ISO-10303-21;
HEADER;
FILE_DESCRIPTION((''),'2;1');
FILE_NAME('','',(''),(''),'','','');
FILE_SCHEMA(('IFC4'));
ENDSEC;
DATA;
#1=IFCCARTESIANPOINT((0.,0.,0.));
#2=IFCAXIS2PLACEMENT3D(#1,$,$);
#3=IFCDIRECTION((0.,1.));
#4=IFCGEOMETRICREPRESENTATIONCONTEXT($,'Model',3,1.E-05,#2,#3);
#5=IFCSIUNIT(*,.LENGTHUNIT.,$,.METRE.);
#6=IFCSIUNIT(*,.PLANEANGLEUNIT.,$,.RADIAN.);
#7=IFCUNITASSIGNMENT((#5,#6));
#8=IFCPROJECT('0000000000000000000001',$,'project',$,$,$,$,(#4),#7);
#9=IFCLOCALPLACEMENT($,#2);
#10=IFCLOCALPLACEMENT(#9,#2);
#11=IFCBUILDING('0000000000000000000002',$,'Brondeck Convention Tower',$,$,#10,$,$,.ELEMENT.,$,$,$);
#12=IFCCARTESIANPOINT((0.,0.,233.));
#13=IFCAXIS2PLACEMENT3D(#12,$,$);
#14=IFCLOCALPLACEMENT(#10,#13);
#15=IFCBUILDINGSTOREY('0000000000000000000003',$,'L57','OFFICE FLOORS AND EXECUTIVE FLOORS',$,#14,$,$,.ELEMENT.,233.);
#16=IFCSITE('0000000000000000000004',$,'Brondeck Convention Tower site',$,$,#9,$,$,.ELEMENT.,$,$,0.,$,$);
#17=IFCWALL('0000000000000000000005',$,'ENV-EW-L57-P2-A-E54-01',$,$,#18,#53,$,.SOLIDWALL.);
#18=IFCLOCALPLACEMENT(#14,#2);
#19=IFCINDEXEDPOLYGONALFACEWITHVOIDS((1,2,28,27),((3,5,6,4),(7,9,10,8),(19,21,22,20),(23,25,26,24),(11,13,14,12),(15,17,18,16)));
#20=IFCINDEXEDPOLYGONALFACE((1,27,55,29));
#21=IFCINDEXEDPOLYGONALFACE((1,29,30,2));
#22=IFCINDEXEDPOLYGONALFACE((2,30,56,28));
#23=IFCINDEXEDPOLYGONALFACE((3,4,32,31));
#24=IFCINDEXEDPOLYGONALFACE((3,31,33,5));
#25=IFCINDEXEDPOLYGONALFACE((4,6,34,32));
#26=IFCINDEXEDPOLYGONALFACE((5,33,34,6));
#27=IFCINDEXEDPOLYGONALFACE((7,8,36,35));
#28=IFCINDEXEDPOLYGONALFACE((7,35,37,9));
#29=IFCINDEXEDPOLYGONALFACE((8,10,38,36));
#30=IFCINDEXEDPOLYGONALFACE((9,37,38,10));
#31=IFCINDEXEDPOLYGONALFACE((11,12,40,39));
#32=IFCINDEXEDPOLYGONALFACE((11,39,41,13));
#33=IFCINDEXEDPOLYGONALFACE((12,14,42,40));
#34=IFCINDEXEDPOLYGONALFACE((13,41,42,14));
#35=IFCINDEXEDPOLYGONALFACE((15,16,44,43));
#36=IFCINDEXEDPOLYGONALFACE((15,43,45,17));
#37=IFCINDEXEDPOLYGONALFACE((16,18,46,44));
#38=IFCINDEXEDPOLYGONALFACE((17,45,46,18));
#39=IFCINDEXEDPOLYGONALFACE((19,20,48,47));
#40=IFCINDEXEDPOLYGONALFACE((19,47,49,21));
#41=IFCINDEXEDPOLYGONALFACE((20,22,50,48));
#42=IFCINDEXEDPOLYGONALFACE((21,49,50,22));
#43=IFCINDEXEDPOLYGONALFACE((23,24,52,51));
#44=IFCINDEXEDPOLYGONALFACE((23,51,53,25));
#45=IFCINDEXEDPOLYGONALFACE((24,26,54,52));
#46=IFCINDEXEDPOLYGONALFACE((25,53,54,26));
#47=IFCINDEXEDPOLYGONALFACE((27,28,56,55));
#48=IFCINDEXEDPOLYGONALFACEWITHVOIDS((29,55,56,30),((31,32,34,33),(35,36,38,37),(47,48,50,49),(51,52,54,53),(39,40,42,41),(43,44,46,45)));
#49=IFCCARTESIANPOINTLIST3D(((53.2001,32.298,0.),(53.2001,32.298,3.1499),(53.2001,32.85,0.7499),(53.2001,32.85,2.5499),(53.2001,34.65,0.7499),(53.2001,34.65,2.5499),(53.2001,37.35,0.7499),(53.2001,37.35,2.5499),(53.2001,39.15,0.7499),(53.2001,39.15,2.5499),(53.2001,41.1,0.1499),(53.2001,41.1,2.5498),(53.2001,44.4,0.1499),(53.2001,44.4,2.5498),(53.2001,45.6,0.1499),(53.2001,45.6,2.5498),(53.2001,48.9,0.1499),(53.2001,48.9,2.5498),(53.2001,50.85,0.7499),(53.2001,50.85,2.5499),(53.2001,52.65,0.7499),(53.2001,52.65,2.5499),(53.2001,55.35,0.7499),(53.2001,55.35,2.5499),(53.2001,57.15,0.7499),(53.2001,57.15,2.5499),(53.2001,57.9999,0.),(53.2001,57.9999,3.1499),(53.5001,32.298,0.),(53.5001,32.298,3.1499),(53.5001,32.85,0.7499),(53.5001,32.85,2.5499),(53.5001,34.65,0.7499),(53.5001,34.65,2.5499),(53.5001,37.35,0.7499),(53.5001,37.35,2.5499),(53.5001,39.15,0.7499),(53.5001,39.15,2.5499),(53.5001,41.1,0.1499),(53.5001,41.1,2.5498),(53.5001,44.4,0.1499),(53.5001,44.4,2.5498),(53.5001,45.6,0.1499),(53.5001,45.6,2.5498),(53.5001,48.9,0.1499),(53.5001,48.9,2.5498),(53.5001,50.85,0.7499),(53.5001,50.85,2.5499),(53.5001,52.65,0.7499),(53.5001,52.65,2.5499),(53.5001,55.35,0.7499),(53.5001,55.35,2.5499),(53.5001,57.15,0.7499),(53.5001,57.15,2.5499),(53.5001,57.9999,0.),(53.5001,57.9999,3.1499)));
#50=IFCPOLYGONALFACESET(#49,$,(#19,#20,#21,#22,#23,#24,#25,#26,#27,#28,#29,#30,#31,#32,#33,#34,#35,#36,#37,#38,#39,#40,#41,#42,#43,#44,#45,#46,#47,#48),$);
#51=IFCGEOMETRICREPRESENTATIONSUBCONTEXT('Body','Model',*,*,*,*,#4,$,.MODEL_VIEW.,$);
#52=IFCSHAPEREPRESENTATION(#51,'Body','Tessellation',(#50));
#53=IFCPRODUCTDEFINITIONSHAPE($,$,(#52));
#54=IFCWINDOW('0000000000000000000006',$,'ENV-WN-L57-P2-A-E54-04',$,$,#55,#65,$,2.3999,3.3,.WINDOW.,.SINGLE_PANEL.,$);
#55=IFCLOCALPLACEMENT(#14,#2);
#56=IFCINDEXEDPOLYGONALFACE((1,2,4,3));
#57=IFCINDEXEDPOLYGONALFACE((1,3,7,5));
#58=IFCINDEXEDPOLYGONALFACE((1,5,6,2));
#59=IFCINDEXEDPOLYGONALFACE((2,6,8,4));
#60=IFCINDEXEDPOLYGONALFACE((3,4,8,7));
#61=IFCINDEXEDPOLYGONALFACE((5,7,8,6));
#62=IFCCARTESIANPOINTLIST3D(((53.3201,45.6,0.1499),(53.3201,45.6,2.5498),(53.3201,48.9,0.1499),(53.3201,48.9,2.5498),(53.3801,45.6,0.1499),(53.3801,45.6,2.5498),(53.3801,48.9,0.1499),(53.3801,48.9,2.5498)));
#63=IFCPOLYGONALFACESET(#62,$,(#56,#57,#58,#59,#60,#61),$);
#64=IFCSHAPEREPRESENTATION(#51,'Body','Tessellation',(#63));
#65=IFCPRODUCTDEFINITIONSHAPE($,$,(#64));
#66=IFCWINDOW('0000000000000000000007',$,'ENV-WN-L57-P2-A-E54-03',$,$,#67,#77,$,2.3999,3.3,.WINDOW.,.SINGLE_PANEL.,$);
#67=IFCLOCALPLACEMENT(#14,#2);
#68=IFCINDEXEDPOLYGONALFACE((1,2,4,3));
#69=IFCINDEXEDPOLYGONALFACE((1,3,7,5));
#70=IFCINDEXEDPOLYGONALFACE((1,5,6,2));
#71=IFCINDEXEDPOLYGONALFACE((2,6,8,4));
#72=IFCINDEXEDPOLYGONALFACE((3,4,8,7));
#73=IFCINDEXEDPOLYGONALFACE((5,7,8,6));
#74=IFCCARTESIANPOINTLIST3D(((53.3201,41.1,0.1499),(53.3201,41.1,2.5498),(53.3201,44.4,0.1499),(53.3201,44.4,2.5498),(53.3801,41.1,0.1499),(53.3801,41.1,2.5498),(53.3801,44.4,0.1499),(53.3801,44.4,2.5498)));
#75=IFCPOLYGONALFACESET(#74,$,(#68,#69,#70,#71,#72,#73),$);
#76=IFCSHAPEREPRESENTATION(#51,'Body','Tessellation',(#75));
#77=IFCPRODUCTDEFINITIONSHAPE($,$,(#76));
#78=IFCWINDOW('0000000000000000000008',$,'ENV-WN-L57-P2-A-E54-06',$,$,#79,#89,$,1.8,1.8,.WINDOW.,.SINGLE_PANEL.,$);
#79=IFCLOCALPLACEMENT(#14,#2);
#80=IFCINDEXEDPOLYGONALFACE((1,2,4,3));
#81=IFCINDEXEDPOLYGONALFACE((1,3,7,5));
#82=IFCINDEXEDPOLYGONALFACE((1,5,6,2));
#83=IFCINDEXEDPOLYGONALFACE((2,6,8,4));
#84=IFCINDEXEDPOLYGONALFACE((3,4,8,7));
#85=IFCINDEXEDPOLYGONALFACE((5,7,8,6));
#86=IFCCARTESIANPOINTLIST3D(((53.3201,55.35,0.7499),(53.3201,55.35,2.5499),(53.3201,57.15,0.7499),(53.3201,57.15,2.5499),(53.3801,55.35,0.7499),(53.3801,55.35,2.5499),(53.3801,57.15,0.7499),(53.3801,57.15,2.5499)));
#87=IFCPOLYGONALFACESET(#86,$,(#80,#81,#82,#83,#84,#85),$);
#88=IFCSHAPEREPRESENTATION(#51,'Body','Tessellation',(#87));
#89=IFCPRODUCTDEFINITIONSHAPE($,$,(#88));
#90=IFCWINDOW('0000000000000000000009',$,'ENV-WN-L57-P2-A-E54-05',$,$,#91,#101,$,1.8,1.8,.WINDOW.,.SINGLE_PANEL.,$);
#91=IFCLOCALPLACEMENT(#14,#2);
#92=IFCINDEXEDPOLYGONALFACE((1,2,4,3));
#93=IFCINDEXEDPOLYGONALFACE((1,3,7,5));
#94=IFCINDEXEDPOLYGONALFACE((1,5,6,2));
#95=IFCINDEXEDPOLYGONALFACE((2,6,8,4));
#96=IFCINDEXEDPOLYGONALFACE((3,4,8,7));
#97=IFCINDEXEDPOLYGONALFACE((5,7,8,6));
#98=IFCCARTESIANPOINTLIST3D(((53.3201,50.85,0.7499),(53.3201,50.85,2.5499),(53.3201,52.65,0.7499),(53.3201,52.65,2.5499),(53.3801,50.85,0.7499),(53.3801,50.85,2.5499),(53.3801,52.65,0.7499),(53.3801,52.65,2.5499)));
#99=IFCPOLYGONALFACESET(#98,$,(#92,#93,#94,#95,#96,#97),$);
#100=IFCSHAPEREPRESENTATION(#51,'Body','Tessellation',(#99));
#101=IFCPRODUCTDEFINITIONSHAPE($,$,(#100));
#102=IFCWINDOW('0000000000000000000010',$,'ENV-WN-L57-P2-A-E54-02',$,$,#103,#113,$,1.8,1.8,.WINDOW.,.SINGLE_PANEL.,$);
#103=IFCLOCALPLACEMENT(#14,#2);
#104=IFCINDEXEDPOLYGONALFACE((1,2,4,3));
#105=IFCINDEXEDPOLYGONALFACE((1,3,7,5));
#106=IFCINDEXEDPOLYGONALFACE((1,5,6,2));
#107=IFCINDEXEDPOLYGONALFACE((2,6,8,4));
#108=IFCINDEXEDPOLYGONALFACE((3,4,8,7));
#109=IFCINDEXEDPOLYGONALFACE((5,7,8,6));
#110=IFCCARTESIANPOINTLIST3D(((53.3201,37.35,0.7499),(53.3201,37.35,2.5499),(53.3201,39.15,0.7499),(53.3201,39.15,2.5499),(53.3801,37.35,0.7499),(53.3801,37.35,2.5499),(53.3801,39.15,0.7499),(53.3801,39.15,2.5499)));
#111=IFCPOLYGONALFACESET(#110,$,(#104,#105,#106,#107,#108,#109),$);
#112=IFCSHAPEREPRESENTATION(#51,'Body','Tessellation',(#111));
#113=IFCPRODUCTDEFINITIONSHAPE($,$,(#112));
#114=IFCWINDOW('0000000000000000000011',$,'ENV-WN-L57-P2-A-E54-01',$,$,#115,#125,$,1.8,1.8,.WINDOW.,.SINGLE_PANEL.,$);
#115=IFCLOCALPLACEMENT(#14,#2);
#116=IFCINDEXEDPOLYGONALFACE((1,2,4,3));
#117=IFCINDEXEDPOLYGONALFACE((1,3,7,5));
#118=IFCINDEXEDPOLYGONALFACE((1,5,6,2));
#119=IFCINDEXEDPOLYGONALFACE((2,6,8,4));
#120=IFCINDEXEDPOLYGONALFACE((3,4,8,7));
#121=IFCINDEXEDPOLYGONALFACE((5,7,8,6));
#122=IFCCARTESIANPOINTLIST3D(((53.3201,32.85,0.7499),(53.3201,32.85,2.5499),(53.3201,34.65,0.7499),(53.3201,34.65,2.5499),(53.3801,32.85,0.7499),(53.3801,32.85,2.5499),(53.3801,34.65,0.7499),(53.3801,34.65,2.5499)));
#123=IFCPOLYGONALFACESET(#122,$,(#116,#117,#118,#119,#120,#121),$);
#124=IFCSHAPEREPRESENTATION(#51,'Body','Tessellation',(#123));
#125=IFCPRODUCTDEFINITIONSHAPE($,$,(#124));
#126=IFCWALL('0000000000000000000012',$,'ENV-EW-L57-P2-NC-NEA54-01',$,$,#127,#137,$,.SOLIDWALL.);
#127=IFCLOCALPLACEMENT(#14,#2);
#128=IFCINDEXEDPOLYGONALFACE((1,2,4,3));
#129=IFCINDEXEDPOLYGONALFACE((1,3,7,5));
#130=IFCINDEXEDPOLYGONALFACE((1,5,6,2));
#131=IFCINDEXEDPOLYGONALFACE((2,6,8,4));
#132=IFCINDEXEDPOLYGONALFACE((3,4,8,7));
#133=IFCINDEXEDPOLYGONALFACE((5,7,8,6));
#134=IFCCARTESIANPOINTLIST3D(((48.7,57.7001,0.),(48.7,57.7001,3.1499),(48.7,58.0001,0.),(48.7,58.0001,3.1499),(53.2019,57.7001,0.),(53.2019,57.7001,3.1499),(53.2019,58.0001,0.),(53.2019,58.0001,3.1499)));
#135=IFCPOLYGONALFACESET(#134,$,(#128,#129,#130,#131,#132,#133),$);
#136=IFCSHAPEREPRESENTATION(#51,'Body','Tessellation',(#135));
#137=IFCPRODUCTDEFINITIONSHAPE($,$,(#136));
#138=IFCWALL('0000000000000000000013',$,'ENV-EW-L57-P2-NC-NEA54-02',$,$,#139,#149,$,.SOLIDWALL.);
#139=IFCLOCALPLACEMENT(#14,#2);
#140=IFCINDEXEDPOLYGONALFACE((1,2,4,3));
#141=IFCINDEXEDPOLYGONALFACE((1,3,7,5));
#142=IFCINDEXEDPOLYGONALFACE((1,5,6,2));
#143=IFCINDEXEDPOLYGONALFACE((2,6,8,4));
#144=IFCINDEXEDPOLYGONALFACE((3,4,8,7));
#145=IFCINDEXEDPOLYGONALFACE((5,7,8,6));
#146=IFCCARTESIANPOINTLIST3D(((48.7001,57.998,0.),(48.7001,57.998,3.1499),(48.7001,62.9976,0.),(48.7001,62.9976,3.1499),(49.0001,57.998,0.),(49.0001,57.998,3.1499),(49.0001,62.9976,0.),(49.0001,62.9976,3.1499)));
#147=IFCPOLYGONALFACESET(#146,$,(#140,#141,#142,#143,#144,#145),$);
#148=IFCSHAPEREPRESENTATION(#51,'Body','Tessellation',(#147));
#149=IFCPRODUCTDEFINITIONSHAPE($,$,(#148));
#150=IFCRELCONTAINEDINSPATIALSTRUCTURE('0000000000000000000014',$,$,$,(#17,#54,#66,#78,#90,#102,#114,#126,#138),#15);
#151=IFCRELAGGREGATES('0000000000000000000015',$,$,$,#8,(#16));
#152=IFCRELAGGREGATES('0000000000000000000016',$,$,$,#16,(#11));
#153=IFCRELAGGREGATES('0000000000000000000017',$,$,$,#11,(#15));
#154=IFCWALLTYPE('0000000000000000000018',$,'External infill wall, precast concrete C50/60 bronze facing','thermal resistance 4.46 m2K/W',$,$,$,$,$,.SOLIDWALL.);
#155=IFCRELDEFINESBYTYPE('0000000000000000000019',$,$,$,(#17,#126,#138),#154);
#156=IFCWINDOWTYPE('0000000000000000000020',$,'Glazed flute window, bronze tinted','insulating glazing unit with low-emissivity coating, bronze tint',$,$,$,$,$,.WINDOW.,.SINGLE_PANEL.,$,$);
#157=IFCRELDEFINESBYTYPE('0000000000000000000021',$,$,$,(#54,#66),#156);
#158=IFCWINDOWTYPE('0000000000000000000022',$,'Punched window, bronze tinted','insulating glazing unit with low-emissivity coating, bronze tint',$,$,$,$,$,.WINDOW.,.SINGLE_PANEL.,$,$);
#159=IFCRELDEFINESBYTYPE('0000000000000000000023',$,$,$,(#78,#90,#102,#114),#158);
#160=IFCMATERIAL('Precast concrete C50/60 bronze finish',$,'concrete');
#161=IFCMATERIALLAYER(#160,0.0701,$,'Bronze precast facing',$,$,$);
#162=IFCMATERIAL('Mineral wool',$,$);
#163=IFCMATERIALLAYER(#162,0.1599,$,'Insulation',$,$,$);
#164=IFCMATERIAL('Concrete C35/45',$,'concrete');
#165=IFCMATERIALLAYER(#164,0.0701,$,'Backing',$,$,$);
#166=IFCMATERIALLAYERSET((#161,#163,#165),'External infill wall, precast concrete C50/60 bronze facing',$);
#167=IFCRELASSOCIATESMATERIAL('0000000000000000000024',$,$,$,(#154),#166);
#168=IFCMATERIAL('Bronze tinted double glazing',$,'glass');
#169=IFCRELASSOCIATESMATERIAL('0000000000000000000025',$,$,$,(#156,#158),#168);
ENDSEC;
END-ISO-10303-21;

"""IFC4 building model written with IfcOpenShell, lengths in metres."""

from ifc_helpers import new_model, si_unit, direction, frame, frame_2d, origin, place, context, subcontext, project, spatial, rectangle, extrude, material, layer, layer_set, type_object, element, fill, save


model = new_model("IFC4")

# Units and contexts
model_context = context("Model", 3, precision=1e-05, world=origin(), true_north=direction((0.0, 1.0)))
body_context = subcontext(model_context, "Body", "Model", "MODEL_VIEW")
ifc_project = project(units=[si_unit("LENGTHUNIT", "METRE"), si_unit("PLANEANGLEUNIT", "RADIAN")], contexts=[model_context])

# Site, building, storey
site_placement = place(None, origin())
site = spatial("IfcSite", under=ifc_project, at=site_placement, Name="Brondeck Convention Tower site", CompositionType="ELEMENT", RefElevation=0.0)
building_placement = place(site_placement, origin())
building = spatial("IfcBuilding", under=site, at=building_placement, Name="Brondeck Convention Tower", CompositionType="ELEMENT")
storey_placement = place(building_placement, frame((0.0, 0.0, 233.0)))
storey = spatial("IfcBuildingStorey", under=building, at=storey_placement, Name="L57", Description="OFFICE FLOORS AND EXECUTIVE FLOORS", CompositionType="ELEMENT", Elevation=233.0)

# Wall, openings, windows
ifc_material_1 = material(Name="Precast concrete C50/60 bronze finish", Category="concrete")
ifc_layer_1 = layer(ifc_material_1, 0.0701, Name="Bronze precast facing")
ifc_material_2 = material(Name="Mineral wool")
ifc_layer_2 = layer(ifc_material_2, 0.1599, Name="Insulation")
ifc_material_3 = material(Name="Concrete C35/45", Category="concrete")
ifc_layer_3 = layer(ifc_material_3, 0.0701, Name="Backing")
ifc_layer_set_1 = layer_set([ifc_layer_1, ifc_layer_2, ifc_layer_3], Name="External infill wall, precast concrete C50/60 bronze facing")
wall_type_1 = type_object("IfcWallType", Name="External infill wall, precast concrete C50/60 bronze facing", Description="thermal resistance 4.46 m2K/W", PredefinedType="SOLIDWALL", material=ifc_layer_set_1)
wall_1_placement = place(storey_placement, frame((53.3501, 58.0, 0.0), z_axis=(0.0, 0.0, 1.0), x_axis=(0.0, -1.0, 0.0)))
wall_1 = element("IfcWall", 1, at=wall_1_placement, inside=storey, type_object=wall_type_1, Name="ENV-EW-L57-P2-A-E54-01", PredefinedType="SOLIDWALL", context=body_context, shape_type="SweptSolid", body=[
    extrude(rectangle(XDim=25.7019, YDim=0.3, at=frame_2d((12.8511, 0.0))), origin(), (0.0, 0.0, 1.0), 3.1499),
])
opening_1_placement = place(wall_1_placement, frame((0.8501, 0.0, 0.75)))
opening_1 = element("IfcOpeningElement", 2, at=opening_1_placement, cuts=wall_1, PredefinedType="OPENING", context=body_context, shape_type="SweptSolid", body=[
    extrude(rectangle(XDim=1.8, YDim=1.8, at=frame_2d((0.8999, 0.8999))), frame((0.0, 0.1599, 0.0), z_axis=(0.0, -1.0, 0.0), x_axis=(1.0, 0.0, 0.0)), (0.0, 0.0, 1.0), 0.3201),
])
opening_2_placement = place(wall_1_placement, frame((5.3501, 0.0, 0.75)))
opening_2 = element("IfcOpeningElement", 3, at=opening_2_placement, cuts=wall_1, PredefinedType="OPENING", context=body_context, shape_type="SweptSolid", body=[
    extrude(rectangle(XDim=1.8, YDim=1.8, at=frame_2d((0.8999, 0.8999))), frame((0.0, 0.1599, 0.0), z_axis=(0.0, -1.0, 0.0), x_axis=(1.0, 0.0, 0.0)), (0.0, 0.0, 1.0), 0.3201),
])
opening_3_placement = place(wall_1_placement, frame((9.1001, 0.0, 0.1499)))
opening_3 = element("IfcOpeningElement", 4, at=opening_3_placement, cuts=wall_1, PredefinedType="OPENING", context=body_context, shape_type="SweptSolid", body=[
    extrude(rectangle(XDim=3.3, YDim=2.3999, at=frame_2d((1.6499, 1.2))), frame((0.0, 0.1599, 0.0), z_axis=(0.0, -1.0, 0.0), x_axis=(1.0, 0.0, 0.0)), (0.0, 0.0, 1.0), 0.3201),
])
opening_4_placement = place(wall_1_placement, frame((13.6001, 0.0, 0.1499)))
opening_4 = element("IfcOpeningElement", 5, at=opening_4_placement, cuts=wall_1, PredefinedType="OPENING", context=body_context, shape_type="SweptSolid", body=[
    extrude(rectangle(XDim=3.3, YDim=2.3999, at=frame_2d((1.6499, 1.2))), frame((0.0, 0.1599, 0.0), z_axis=(0.0, -1.0, 0.0), x_axis=(1.0, 0.0, 0.0)), (0.0, 0.0, 1.0), 0.3201),
])
opening_5_placement = place(wall_1_placement, frame((18.8501, 0.0, 0.75)))
opening_5 = element("IfcOpeningElement", 6, at=opening_5_placement, cuts=wall_1, PredefinedType="OPENING", context=body_context, shape_type="SweptSolid", body=[
    extrude(rectangle(XDim=1.8, YDim=1.8, at=frame_2d((0.8999, 0.8999))), frame((0.0, 0.1599, 0.0), z_axis=(0.0, -1.0, 0.0), x_axis=(1.0, 0.0, 0.0)), (0.0, 0.0, 1.0), 0.3201),
])
opening_6_placement = place(wall_1_placement, frame((23.3501, 0.0, 0.75)))
opening_6 = element("IfcOpeningElement", 7, at=opening_6_placement, cuts=wall_1, PredefinedType="OPENING", context=body_context, shape_type="SweptSolid", body=[
    extrude(rectangle(XDim=1.8, YDim=1.8, at=frame_2d((0.8999, 0.8999))), frame((0.0, 0.1599, 0.0), z_axis=(0.0, -1.0, 0.0), x_axis=(1.0, 0.0, 0.0)), (0.0, 0.0, 1.0), 0.3201),
])
ifc_material_4 = material(Name="Bronze tinted double glazing", Category="glass")
window_type_1 = type_object("IfcWindowType", Name="Glazed flute window, bronze tinted", Description="insulating glazing unit with low-emissivity coating, bronze tint", PartitioningType="SINGLE_PANEL", PredefinedType="WINDOW", material=ifc_material_4)
window_1_placement = place(opening_3_placement, origin())
window_1 = element("IfcWindow", 8, at=window_1_placement, inside=storey, type_object=window_type_1, Name="ENV-WN-L57-P2-A-E54-04", OverallHeight=2.3999, OverallWidth=3.3, PartitioningType="SINGLE_PANEL", PredefinedType="WINDOW", context=body_context, shape_type="SweptSolid", body=[
    extrude(rectangle(XDim=3.3, YDim=2.3999, at=frame_2d((1.6499, 1.2))), frame((0.0, 0.03, 0.0), z_axis=(0.0, -1.0, 0.0), x_axis=(1.0, 0.0, 0.0)), (0.0, 0.0, 1.0), 0.0601),
])
fill(opening_3, window_1)
window_2_placement = place(opening_4_placement, origin())
window_2 = element("IfcWindow", 9, at=window_2_placement, inside=storey, type_object=window_type_1, Name="ENV-WN-L57-P2-A-E54-03", OverallHeight=2.3999, OverallWidth=3.3, PartitioningType="SINGLE_PANEL", PredefinedType="WINDOW", context=body_context, shape_type="SweptSolid", body=[
    extrude(rectangle(XDim=3.3, YDim=2.3999, at=frame_2d((1.6499, 1.2))), frame((0.0, 0.03, 0.0), z_axis=(0.0, -1.0, 0.0), x_axis=(1.0, 0.0, 0.0)), (0.0, 0.0, 1.0), 0.0601),
])
fill(opening_4, window_2)
window_type_2 = type_object("IfcWindowType", Name="Punched window, bronze tinted", Description="insulating glazing unit with low-emissivity coating, bronze tint", PartitioningType="SINGLE_PANEL", PredefinedType="WINDOW", material=ifc_material_4)
window_3_placement = place(opening_1_placement, origin())
window_3 = element("IfcWindow", 10, at=window_3_placement, inside=storey, type_object=window_type_2, Name="ENV-WN-L57-P2-A-E54-06", OverallHeight=1.8, OverallWidth=1.8, PartitioningType="SINGLE_PANEL", PredefinedType="WINDOW", context=body_context, shape_type="SweptSolid", body=[
    extrude(rectangle(XDim=1.8, YDim=1.8, at=frame_2d((0.8999, 0.8999))), frame((0.0, 0.03, 0.0), z_axis=(0.0, -1.0, 0.0), x_axis=(1.0, 0.0, 0.0)), (0.0, 0.0, 1.0), 0.0601),
])
fill(opening_1, window_3)
window_4_placement = place(opening_2_placement, origin())
window_4 = element("IfcWindow", 11, at=window_4_placement, inside=storey, type_object=window_type_2, Name="ENV-WN-L57-P2-A-E54-05", OverallHeight=1.8, OverallWidth=1.8, PartitioningType="SINGLE_PANEL", PredefinedType="WINDOW", context=body_context, shape_type="SweptSolid", body=[
    extrude(rectangle(XDim=1.8, YDim=1.8, at=frame_2d((0.8999, 0.8999))), frame((0.0, 0.03, 0.0), z_axis=(0.0, -1.0, 0.0), x_axis=(1.0, 0.0, 0.0)), (0.0, 0.0, 1.0), 0.0601),
])
fill(opening_2, window_4)
window_5_placement = place(opening_5_placement, origin())
window_5 = element("IfcWindow", 12, at=window_5_placement, inside=storey, type_object=window_type_2, Name="ENV-WN-L57-P2-A-E54-02", OverallHeight=1.8, OverallWidth=1.8, PartitioningType="SINGLE_PANEL", PredefinedType="WINDOW", context=body_context, shape_type="SweptSolid", body=[
    extrude(rectangle(XDim=1.8, YDim=1.8, at=frame_2d((0.8999, 0.8999))), frame((0.0, 0.03, 0.0), z_axis=(0.0, -1.0, 0.0), x_axis=(1.0, 0.0, 0.0)), (0.0, 0.0, 1.0), 0.0601),
])
fill(opening_5, window_5)
window_6_placement = place(opening_6_placement, origin())
window_6 = element("IfcWindow", 13, at=window_6_placement, inside=storey, type_object=window_type_2, Name="ENV-WN-L57-P2-A-E54-01", OverallHeight=1.8, OverallWidth=1.8, PartitioningType="SINGLE_PANEL", PredefinedType="WINDOW", context=body_context, shape_type="SweptSolid", body=[
    extrude(rectangle(XDim=1.8, YDim=1.8, at=frame_2d((0.8999, 0.8999))), frame((0.0, 0.03, 0.0), z_axis=(0.0, -1.0, 0.0), x_axis=(1.0, 0.0, 0.0)), (0.0, 0.0, 1.0), 0.0601),
])
fill(opening_6, window_6)

# Walls
wall_2_placement = place(storey_placement, frame((48.7, 57.8501, 0.0), z_axis=(0.0, 0.0, 1.0), x_axis=(1.0, 0.0, 0.0)))
element("IfcWall", 14, at=wall_2_placement, inside=storey, type_object=wall_type_1, Name="ENV-EW-L57-P2-NC-NEA54-01", PredefinedType="SOLIDWALL", context=body_context, shape_type="SweptSolid", body=[
    extrude(rectangle(XDim=4.502, YDim=0.3, at=frame_2d((2.251, 0.0))), origin(), (0.0, 0.0, 1.0), 3.1499),
])
wall_3_placement = place(storey_placement, frame((48.8501, 62.9976, 0.0), z_axis=(0.0, 0.0, 1.0), x_axis=(0.0, -1.0, 0.0)))
element("IfcWall", 15, at=wall_3_placement, inside=storey, type_object=wall_type_1, Name="ENV-EW-L57-P2-NC-NEA54-02", PredefinedType="SOLIDWALL", context=body_context, shape_type="SweptSolid", body=[
    extrude(rectangle(XDim=4.9995, YDim=0.3, at=frame_2d((2.4998, 0.0))), origin(), (0.0, 0.0, 1.0), 3.1499),
])

save(model, "model.ifc")
